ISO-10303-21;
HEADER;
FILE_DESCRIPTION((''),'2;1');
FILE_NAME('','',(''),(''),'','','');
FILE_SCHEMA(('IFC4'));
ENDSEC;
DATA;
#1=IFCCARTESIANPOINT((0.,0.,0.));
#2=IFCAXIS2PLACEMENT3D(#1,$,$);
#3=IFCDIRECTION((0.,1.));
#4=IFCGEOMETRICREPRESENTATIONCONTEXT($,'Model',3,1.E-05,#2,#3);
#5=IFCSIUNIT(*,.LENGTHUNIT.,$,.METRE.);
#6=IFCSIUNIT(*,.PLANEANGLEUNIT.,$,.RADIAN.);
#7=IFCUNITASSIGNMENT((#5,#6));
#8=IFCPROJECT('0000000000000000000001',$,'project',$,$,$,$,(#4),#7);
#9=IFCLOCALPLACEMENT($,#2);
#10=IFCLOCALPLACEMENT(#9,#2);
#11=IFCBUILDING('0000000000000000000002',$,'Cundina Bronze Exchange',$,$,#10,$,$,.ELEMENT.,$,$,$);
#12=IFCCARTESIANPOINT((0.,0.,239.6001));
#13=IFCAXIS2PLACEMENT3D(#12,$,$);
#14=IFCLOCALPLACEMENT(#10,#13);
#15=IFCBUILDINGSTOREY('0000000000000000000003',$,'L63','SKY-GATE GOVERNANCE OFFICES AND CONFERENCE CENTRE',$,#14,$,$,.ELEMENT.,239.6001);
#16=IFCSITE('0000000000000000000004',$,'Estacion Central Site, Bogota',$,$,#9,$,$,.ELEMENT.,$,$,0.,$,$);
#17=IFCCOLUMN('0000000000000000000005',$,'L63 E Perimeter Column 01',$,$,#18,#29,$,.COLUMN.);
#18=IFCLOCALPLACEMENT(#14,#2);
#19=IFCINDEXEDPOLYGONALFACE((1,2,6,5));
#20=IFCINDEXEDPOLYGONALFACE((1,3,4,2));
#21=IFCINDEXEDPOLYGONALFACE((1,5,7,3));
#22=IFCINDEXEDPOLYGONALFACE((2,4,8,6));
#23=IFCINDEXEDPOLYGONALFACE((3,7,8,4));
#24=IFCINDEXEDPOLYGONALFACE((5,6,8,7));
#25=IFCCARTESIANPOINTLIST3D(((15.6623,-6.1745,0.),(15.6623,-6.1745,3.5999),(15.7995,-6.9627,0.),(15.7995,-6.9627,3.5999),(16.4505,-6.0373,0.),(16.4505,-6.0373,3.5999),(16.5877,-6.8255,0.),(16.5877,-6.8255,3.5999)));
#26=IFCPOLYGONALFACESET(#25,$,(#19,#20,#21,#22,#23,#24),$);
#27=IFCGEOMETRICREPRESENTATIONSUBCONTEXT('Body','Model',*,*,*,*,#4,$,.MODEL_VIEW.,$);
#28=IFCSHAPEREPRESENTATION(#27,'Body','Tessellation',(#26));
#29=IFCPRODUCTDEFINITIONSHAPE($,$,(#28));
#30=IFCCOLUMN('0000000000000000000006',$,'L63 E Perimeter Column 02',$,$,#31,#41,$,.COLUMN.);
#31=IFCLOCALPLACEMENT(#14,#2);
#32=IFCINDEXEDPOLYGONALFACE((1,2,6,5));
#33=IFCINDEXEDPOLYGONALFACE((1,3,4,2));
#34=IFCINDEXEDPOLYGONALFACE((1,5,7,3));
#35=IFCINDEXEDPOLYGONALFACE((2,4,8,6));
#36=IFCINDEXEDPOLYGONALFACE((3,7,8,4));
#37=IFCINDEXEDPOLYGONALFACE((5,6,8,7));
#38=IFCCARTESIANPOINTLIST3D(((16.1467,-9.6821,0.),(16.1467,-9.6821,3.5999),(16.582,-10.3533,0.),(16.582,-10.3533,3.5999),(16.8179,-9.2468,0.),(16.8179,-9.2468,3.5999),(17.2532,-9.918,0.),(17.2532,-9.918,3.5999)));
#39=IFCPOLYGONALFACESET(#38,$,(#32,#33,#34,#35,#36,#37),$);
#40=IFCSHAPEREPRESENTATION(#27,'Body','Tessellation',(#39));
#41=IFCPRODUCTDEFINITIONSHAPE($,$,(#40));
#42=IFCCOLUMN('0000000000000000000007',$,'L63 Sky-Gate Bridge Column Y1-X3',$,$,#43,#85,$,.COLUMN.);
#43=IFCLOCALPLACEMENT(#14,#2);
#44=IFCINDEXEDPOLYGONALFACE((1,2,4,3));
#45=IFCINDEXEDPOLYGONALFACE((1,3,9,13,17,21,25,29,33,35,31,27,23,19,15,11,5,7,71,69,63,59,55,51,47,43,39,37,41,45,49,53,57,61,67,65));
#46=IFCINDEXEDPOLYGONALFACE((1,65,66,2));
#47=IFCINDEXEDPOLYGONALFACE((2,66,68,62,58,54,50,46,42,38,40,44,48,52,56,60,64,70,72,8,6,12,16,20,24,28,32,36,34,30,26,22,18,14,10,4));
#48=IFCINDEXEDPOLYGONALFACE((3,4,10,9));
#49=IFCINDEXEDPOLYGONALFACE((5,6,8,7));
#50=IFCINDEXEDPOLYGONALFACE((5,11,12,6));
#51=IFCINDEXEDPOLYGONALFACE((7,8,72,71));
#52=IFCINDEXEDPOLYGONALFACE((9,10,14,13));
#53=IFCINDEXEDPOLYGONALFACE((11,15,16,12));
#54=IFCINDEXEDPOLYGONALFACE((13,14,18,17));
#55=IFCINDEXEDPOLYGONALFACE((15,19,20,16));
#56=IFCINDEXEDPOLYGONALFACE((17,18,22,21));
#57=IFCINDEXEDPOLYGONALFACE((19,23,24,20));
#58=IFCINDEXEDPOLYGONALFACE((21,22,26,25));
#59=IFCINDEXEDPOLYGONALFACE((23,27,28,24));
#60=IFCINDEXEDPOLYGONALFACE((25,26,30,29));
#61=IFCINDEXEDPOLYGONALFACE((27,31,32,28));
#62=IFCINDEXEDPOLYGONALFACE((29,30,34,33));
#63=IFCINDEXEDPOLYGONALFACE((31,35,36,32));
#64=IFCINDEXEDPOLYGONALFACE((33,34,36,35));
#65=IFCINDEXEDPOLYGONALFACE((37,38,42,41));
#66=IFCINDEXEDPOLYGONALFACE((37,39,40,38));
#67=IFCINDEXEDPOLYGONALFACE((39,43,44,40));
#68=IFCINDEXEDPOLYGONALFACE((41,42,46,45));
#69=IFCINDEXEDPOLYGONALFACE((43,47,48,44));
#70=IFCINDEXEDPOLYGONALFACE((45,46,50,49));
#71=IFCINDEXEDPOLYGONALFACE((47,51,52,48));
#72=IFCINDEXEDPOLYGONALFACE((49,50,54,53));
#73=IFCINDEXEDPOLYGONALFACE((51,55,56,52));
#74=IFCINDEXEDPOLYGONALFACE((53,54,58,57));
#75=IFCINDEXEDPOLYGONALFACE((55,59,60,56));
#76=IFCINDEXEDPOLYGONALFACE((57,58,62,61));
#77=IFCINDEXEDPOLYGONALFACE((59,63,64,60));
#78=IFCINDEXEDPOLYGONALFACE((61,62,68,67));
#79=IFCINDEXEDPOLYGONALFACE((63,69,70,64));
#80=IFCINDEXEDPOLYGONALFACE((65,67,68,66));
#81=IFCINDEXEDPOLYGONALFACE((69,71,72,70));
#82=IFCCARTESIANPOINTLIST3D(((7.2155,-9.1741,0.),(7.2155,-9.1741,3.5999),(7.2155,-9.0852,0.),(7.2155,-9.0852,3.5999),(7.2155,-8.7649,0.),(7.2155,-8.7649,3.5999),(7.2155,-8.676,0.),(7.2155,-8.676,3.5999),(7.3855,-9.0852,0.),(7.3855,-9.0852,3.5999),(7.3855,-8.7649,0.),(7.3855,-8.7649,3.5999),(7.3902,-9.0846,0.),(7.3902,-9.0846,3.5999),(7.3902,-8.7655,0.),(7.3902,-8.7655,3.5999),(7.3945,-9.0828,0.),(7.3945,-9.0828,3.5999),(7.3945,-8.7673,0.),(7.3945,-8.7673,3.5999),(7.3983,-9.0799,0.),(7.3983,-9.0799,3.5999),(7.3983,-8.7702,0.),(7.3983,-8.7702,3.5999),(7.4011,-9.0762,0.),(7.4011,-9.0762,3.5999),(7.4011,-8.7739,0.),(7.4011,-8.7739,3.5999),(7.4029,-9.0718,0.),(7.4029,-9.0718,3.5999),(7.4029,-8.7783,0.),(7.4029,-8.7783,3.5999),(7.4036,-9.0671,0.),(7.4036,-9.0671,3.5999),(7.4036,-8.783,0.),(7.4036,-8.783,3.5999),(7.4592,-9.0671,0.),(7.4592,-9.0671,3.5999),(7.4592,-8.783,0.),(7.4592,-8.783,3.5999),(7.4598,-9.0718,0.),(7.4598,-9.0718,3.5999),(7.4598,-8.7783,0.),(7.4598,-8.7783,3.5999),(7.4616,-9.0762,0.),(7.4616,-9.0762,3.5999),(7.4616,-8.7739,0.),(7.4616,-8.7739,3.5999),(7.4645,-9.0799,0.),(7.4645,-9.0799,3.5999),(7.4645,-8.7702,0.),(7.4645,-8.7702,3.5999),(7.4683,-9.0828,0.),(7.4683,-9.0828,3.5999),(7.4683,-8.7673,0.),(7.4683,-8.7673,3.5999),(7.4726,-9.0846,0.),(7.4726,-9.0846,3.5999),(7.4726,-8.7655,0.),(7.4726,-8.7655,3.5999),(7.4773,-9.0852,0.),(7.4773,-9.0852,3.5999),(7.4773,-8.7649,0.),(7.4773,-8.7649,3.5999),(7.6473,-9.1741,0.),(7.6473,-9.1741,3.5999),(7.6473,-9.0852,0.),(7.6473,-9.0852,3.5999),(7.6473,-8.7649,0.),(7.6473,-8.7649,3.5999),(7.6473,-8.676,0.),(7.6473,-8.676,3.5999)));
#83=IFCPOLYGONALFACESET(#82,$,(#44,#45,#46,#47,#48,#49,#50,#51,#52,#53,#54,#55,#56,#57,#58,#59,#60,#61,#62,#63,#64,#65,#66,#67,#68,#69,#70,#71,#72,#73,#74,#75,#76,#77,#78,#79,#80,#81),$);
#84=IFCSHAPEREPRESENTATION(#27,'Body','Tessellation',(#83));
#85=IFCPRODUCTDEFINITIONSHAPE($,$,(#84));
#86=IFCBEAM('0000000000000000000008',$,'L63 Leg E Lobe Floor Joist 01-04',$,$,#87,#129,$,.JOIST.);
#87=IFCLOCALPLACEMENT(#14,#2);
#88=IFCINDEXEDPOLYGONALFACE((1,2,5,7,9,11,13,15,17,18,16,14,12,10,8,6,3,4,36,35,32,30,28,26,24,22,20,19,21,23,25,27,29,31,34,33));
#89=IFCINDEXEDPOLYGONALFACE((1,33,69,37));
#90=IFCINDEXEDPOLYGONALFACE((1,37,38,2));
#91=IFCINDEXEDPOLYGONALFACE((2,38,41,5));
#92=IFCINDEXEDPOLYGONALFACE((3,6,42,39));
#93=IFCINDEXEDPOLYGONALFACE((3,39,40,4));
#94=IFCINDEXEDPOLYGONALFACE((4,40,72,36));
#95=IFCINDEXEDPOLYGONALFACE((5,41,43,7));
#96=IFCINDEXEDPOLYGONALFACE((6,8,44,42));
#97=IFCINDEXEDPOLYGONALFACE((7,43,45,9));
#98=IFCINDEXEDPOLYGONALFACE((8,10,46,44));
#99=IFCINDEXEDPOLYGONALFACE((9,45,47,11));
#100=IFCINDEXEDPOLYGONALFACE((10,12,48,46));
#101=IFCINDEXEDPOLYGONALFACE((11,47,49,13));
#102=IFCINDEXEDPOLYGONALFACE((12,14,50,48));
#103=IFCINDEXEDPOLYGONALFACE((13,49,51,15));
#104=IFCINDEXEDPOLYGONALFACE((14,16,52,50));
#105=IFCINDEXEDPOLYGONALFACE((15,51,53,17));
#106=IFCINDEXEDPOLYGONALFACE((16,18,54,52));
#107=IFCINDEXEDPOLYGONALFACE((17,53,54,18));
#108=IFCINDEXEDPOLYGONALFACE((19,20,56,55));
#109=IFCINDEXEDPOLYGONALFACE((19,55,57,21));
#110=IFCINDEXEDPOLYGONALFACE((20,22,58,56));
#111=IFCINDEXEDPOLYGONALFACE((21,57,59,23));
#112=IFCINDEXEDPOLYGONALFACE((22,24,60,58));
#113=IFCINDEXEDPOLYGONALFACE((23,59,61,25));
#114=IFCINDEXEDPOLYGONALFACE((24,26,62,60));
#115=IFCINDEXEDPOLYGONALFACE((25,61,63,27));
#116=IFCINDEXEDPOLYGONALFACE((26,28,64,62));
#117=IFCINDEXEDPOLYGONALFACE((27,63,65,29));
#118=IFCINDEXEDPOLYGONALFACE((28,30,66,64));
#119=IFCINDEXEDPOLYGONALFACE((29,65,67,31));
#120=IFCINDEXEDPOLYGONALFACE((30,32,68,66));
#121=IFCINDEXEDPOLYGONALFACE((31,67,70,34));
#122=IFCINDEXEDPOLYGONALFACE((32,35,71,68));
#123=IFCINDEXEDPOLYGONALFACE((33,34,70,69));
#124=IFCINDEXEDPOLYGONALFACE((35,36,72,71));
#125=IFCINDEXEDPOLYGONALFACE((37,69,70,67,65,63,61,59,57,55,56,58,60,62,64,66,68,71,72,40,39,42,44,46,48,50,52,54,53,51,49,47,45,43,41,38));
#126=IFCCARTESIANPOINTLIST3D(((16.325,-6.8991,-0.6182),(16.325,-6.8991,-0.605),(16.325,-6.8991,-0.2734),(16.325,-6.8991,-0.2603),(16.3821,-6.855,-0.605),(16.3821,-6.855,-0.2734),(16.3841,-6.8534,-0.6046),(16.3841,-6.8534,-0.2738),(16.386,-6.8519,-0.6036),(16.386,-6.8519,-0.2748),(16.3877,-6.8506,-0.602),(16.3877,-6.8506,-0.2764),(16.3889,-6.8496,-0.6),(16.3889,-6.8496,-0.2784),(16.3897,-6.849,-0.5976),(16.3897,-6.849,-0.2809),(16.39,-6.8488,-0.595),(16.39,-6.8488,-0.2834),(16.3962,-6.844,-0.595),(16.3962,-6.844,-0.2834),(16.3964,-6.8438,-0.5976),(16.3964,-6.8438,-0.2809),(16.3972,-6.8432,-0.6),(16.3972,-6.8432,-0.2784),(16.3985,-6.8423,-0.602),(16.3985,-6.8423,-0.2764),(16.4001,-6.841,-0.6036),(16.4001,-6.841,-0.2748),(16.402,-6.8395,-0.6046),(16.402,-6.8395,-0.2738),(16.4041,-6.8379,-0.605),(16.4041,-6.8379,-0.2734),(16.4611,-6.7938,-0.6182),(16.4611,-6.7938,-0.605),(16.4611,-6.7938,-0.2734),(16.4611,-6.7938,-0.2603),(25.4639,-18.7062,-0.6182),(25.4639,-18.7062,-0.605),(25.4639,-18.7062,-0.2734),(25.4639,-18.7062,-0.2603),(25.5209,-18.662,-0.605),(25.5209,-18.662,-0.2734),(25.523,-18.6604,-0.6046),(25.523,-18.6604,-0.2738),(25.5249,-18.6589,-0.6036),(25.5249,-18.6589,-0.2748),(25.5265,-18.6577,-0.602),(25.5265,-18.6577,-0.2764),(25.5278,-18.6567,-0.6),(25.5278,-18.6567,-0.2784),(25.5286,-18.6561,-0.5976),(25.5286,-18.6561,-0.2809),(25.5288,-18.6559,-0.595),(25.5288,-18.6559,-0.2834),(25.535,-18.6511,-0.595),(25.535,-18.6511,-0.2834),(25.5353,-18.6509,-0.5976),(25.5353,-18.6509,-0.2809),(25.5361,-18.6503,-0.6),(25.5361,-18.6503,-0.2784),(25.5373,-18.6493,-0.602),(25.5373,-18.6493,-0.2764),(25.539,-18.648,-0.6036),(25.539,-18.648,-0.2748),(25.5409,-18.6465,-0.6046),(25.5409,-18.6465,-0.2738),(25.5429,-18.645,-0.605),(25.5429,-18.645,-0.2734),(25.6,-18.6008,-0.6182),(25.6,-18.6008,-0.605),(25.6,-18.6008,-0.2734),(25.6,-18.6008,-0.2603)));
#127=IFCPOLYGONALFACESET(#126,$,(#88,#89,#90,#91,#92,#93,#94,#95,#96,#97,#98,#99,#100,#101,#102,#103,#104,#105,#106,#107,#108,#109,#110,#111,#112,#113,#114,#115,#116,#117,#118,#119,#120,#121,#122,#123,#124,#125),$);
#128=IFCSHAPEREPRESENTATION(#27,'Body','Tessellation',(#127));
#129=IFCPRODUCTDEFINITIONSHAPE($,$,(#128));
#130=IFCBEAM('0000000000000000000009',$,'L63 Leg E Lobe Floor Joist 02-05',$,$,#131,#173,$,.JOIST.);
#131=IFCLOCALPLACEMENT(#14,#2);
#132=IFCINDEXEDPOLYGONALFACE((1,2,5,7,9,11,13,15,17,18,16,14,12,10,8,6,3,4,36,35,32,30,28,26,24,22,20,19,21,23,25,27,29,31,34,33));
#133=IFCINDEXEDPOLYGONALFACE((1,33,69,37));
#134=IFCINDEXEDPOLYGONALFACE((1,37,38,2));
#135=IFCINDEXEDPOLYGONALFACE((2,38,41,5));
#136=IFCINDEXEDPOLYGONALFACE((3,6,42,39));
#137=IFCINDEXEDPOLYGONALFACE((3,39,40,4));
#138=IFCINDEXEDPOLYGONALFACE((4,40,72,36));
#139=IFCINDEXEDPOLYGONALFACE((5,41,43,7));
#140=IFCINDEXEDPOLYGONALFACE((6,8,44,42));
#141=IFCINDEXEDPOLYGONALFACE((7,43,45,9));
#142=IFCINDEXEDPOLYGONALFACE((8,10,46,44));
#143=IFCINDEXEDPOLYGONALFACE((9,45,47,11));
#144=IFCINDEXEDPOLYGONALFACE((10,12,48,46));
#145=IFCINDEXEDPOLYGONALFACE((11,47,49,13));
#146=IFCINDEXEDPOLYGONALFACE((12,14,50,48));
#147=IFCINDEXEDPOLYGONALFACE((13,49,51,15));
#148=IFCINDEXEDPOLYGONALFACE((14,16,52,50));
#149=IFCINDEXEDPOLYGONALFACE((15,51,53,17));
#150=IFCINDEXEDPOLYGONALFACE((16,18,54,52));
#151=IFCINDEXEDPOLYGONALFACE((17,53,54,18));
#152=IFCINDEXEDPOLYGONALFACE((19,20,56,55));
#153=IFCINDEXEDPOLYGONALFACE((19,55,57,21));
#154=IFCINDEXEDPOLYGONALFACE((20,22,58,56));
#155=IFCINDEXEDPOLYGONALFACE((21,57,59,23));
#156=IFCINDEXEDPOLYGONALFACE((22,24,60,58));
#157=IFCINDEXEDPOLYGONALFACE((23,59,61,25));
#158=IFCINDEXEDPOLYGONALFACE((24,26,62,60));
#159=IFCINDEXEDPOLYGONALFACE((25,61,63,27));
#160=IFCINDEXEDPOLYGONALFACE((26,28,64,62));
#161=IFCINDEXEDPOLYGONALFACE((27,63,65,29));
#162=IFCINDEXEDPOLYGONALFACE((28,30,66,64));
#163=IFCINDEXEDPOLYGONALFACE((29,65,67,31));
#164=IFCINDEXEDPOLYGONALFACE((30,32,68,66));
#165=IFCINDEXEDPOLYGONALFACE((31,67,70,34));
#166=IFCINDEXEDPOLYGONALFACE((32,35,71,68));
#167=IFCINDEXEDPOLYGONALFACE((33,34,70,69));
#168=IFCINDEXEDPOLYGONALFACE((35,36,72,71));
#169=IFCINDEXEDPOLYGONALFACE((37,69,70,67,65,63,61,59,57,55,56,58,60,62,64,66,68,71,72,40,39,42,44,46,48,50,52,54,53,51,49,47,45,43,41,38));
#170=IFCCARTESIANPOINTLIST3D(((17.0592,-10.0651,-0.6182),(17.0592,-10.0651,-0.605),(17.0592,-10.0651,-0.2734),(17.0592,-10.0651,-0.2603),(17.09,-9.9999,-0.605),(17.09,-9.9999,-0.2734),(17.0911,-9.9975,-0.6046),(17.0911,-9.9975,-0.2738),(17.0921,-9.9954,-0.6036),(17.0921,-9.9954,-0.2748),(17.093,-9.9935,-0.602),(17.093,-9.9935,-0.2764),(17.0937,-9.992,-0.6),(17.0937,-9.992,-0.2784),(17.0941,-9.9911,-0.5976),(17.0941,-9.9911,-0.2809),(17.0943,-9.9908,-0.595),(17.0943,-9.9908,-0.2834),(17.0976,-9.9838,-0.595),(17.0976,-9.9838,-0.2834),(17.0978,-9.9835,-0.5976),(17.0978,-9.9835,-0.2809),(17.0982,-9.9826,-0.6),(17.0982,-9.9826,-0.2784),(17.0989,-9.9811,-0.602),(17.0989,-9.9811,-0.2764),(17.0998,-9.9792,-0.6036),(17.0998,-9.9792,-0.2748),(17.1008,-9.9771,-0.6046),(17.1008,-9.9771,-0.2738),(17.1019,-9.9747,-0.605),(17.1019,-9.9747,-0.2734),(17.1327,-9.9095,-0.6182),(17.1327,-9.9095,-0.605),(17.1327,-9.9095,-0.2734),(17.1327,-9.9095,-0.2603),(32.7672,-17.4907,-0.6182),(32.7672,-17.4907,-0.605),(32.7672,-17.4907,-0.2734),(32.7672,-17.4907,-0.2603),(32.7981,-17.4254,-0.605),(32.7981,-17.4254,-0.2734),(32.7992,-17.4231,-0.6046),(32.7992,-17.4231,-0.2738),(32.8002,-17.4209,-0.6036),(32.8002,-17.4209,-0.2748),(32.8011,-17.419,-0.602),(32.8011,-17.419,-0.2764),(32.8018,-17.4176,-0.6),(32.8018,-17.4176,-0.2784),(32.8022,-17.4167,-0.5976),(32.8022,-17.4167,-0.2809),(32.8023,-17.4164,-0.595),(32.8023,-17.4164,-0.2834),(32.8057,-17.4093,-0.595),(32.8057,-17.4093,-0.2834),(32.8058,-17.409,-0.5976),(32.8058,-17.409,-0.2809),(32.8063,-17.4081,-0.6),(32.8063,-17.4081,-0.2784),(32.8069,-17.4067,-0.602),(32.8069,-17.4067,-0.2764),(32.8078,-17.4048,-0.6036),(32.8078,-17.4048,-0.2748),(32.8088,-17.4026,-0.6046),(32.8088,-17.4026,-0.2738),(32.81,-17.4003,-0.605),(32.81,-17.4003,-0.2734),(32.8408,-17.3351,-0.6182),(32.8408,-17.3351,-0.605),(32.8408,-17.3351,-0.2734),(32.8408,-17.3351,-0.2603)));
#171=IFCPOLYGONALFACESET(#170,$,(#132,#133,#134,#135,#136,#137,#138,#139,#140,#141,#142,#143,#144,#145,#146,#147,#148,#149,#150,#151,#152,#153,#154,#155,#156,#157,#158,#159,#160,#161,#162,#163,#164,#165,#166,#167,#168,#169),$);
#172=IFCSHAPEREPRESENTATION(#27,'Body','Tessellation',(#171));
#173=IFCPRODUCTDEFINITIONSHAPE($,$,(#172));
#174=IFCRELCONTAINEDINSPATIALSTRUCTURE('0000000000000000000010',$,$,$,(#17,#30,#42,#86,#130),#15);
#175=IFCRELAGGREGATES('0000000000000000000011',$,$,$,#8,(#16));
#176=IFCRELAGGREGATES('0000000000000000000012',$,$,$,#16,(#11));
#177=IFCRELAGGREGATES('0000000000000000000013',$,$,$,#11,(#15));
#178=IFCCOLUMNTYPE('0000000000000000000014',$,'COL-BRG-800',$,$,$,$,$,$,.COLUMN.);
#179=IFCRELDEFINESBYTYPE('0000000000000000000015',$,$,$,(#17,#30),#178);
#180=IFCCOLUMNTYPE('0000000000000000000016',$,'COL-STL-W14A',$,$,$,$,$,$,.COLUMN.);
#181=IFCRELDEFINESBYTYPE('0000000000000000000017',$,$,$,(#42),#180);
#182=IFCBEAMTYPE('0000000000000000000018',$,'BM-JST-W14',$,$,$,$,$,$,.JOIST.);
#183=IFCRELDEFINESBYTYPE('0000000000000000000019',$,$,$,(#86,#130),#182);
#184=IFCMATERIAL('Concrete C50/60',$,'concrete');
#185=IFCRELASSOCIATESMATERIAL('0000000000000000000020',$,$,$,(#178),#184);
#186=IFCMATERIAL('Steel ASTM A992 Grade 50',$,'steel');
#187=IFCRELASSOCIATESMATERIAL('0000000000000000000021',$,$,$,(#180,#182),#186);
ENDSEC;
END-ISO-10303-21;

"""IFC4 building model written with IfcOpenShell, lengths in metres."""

from ifc_helpers import new_model, si_unit, direction, frame, origin, origin_2d, place, context, subcontext, project, spatial, rectangle, i_section, extrude, material, material_profile, profile_set, type_object, element, save


model = new_model("IFC4")

# Units and contexts
model_context = context("Model", 3, precision=1e-05, world=origin(), true_north=direction((0.0, 1.0)))
body_context = subcontext(model_context, "Body", "Model", "MODEL_VIEW")
ifc_project = project(units=[si_unit("LENGTHUNIT", "METRE"), si_unit("PLANEANGLEUNIT", "RADIAN")], contexts=[model_context])

# Site, building, storey
site_placement = place(None, origin())
site = spatial("IfcSite", under=ifc_project, at=site_placement, Name="Estacion Central Site, Bogota", CompositionType="ELEMENT", RefElevation=0.0)
building_placement = place(site_placement, origin())
building = spatial("IfcBuilding", under=site, at=building_placement, Name="Cundina Bronze Exchange", CompositionType="ELEMENT")
storey_placement = place(building_placement, frame((0.0, 0.0, 239.6001)))
storey = spatial("IfcBuildingStorey", under=building, at=storey_placement, Name="L63", Description="SKY-GATE GOVERNANCE OFFICES AND CONFERENCE CENTRE", CompositionType="ELEMENT", Elevation=239.6001)

# Columns
ifc_material_1 = material(Name="Concrete C50/60", Category="concrete")
ifc_material_profile_1 = material_profile(ifc_material_1, rectangle(XDim=0.8, YDim=0.8, at=origin_2d()), Name="RC800X800", Category="concrete")
ifc_profile_set_1 = profile_set([ifc_material_profile_1], Name="Concrete C50/60")
column_type_1 = type_object("IfcColumnType", Name="COL-BRG-800", PredefinedType="COLUMN", material=ifc_profile_set_1)
for number, where, z_axis, x_axis, name in (
    (1, (16.125, -6.5, 0.0), (0.0, 0.0, 1.0), (0.171585, -0.985169, 0.0), "L63 E Perimeter Column 01"),
    (2, (16.7, -9.8, 0.0), (0.0, 0.0, 1.0), (0.5442, -0.838956, 0.0), "L63 E Perimeter Column 02"),
):
    element("IfcColumn", number, at=place(storey_placement, frame(where, z_axis=z_axis, x_axis=x_axis)), inside=storey, type_object=column_type_1, Name=name, PredefinedType="COLUMN", context=body_context, shape_type="SweptSolid", body=[
        extrude(rectangle(XDim=0.8, YDim=0.8, at=origin_2d()), origin(), (0.0, 0.0, 1.0), 3.5999),
    ])
ifc_material_2 = material(Name="Steel ASTM A992 Grade 50", Category="steel")
ifc_material_profile_2 = material_profile(ifc_material_2, i_section(OverallWidth=0.4319, OverallDepth=0.498, WebThickness=0.0557, FlangeThickness=0.0889, FilletRadius=0.0181, at=origin_2d()), Name="W14X500", Category="steel")
ifc_profile_set_2 = profile_set([ifc_material_profile_2], Name="Steel ASTM A992 Grade 50")
column_type_2 = type_object("IfcColumnType", Name="COL-STL-W14A", PredefinedType="COLUMN", material=ifc_profile_set_2)
column_placement = place(storey_placement, frame((7.4314, -8.925, 0.0), z_axis=(0.0, 0.0, 1.0), x_axis=(1.0, 0.0, 0.0)))
element("IfcColumn", 3, at=column_placement, inside=storey, type_object=column_type_2, Name="L63 Sky-Gate Bridge Column Y1-X3", PredefinedType="COLUMN", context=body_context, shape_type="SweptSolid", body=[
    extrude(i_section(OverallWidth=0.4319, OverallDepth=0.498, WebThickness=0.0557, FlangeThickness=0.0889, FilletRadius=0.0181, at=origin_2d()), origin(), (0.0, 0.0, 1.0), 3.5999),
])

# Beams
ifc_material_profile_3 = material_profile(ifc_material_2, i_section(OverallWidth=0.1721, OverallDepth=0.3579, WebThickness=0.0078, FlangeThickness=0.0132, FilletRadius=0.01, at=origin_2d()), Name="W14X38", Category="steel")
ifc_profile_set_3 = profile_set([ifc_material_profile_3], Name="Steel ASTM A992 Grade 50")
beam_type_1 = type_object("IfcBeamType", Name="BM-JST-W14", PredefinedType="JOIST", material=ifc_profile_set_3)
beam_1_placement = place(storey_placement, frame((16.3931, -6.8464, -0.4392), z_axis=(0.612086, -0.790791, 0.0), x_axis=(0.790791, 0.612086, 0.0)))
element("IfcBeam", 4, at=beam_1_placement, inside=storey, type_object=beam_type_1, Name="L63 Leg E Lobe Floor Joist 01-04", PredefinedType="JOIST", context=body_context, shape_type="SweptSolid", body=[
    extrude(i_section(OverallWidth=0.1721, OverallDepth=0.3579, WebThickness=0.0078, FlangeThickness=0.0132, FilletRadius=0.01, at=origin_2d()), origin(), (0.0, 0.0, 1.0), 14.9307),
])
beam_2_placement = place(storey_placement, frame((17.0959, -9.9873, -0.4392), z_axis=(0.904074, -0.427376, 0.0), x_axis=(0.427376, 0.904074, 0.0)))
element("IfcBeam", 5, at=beam_2_placement, inside=storey, type_object=beam_type_1, Name="L63 Leg E Lobe Floor Joist 02-05", PredefinedType="JOIST", context=body_context, shape_type="SweptSolid", body=[
    extrude(i_section(OverallWidth=0.1721, OverallDepth=0.3579, WebThickness=0.0078, FlangeThickness=0.0132, FilletRadius=0.01, at=origin_2d()), origin(), (0.0, 0.0, 1.0), 17.3748),
])

save(model, "model.ifc")
